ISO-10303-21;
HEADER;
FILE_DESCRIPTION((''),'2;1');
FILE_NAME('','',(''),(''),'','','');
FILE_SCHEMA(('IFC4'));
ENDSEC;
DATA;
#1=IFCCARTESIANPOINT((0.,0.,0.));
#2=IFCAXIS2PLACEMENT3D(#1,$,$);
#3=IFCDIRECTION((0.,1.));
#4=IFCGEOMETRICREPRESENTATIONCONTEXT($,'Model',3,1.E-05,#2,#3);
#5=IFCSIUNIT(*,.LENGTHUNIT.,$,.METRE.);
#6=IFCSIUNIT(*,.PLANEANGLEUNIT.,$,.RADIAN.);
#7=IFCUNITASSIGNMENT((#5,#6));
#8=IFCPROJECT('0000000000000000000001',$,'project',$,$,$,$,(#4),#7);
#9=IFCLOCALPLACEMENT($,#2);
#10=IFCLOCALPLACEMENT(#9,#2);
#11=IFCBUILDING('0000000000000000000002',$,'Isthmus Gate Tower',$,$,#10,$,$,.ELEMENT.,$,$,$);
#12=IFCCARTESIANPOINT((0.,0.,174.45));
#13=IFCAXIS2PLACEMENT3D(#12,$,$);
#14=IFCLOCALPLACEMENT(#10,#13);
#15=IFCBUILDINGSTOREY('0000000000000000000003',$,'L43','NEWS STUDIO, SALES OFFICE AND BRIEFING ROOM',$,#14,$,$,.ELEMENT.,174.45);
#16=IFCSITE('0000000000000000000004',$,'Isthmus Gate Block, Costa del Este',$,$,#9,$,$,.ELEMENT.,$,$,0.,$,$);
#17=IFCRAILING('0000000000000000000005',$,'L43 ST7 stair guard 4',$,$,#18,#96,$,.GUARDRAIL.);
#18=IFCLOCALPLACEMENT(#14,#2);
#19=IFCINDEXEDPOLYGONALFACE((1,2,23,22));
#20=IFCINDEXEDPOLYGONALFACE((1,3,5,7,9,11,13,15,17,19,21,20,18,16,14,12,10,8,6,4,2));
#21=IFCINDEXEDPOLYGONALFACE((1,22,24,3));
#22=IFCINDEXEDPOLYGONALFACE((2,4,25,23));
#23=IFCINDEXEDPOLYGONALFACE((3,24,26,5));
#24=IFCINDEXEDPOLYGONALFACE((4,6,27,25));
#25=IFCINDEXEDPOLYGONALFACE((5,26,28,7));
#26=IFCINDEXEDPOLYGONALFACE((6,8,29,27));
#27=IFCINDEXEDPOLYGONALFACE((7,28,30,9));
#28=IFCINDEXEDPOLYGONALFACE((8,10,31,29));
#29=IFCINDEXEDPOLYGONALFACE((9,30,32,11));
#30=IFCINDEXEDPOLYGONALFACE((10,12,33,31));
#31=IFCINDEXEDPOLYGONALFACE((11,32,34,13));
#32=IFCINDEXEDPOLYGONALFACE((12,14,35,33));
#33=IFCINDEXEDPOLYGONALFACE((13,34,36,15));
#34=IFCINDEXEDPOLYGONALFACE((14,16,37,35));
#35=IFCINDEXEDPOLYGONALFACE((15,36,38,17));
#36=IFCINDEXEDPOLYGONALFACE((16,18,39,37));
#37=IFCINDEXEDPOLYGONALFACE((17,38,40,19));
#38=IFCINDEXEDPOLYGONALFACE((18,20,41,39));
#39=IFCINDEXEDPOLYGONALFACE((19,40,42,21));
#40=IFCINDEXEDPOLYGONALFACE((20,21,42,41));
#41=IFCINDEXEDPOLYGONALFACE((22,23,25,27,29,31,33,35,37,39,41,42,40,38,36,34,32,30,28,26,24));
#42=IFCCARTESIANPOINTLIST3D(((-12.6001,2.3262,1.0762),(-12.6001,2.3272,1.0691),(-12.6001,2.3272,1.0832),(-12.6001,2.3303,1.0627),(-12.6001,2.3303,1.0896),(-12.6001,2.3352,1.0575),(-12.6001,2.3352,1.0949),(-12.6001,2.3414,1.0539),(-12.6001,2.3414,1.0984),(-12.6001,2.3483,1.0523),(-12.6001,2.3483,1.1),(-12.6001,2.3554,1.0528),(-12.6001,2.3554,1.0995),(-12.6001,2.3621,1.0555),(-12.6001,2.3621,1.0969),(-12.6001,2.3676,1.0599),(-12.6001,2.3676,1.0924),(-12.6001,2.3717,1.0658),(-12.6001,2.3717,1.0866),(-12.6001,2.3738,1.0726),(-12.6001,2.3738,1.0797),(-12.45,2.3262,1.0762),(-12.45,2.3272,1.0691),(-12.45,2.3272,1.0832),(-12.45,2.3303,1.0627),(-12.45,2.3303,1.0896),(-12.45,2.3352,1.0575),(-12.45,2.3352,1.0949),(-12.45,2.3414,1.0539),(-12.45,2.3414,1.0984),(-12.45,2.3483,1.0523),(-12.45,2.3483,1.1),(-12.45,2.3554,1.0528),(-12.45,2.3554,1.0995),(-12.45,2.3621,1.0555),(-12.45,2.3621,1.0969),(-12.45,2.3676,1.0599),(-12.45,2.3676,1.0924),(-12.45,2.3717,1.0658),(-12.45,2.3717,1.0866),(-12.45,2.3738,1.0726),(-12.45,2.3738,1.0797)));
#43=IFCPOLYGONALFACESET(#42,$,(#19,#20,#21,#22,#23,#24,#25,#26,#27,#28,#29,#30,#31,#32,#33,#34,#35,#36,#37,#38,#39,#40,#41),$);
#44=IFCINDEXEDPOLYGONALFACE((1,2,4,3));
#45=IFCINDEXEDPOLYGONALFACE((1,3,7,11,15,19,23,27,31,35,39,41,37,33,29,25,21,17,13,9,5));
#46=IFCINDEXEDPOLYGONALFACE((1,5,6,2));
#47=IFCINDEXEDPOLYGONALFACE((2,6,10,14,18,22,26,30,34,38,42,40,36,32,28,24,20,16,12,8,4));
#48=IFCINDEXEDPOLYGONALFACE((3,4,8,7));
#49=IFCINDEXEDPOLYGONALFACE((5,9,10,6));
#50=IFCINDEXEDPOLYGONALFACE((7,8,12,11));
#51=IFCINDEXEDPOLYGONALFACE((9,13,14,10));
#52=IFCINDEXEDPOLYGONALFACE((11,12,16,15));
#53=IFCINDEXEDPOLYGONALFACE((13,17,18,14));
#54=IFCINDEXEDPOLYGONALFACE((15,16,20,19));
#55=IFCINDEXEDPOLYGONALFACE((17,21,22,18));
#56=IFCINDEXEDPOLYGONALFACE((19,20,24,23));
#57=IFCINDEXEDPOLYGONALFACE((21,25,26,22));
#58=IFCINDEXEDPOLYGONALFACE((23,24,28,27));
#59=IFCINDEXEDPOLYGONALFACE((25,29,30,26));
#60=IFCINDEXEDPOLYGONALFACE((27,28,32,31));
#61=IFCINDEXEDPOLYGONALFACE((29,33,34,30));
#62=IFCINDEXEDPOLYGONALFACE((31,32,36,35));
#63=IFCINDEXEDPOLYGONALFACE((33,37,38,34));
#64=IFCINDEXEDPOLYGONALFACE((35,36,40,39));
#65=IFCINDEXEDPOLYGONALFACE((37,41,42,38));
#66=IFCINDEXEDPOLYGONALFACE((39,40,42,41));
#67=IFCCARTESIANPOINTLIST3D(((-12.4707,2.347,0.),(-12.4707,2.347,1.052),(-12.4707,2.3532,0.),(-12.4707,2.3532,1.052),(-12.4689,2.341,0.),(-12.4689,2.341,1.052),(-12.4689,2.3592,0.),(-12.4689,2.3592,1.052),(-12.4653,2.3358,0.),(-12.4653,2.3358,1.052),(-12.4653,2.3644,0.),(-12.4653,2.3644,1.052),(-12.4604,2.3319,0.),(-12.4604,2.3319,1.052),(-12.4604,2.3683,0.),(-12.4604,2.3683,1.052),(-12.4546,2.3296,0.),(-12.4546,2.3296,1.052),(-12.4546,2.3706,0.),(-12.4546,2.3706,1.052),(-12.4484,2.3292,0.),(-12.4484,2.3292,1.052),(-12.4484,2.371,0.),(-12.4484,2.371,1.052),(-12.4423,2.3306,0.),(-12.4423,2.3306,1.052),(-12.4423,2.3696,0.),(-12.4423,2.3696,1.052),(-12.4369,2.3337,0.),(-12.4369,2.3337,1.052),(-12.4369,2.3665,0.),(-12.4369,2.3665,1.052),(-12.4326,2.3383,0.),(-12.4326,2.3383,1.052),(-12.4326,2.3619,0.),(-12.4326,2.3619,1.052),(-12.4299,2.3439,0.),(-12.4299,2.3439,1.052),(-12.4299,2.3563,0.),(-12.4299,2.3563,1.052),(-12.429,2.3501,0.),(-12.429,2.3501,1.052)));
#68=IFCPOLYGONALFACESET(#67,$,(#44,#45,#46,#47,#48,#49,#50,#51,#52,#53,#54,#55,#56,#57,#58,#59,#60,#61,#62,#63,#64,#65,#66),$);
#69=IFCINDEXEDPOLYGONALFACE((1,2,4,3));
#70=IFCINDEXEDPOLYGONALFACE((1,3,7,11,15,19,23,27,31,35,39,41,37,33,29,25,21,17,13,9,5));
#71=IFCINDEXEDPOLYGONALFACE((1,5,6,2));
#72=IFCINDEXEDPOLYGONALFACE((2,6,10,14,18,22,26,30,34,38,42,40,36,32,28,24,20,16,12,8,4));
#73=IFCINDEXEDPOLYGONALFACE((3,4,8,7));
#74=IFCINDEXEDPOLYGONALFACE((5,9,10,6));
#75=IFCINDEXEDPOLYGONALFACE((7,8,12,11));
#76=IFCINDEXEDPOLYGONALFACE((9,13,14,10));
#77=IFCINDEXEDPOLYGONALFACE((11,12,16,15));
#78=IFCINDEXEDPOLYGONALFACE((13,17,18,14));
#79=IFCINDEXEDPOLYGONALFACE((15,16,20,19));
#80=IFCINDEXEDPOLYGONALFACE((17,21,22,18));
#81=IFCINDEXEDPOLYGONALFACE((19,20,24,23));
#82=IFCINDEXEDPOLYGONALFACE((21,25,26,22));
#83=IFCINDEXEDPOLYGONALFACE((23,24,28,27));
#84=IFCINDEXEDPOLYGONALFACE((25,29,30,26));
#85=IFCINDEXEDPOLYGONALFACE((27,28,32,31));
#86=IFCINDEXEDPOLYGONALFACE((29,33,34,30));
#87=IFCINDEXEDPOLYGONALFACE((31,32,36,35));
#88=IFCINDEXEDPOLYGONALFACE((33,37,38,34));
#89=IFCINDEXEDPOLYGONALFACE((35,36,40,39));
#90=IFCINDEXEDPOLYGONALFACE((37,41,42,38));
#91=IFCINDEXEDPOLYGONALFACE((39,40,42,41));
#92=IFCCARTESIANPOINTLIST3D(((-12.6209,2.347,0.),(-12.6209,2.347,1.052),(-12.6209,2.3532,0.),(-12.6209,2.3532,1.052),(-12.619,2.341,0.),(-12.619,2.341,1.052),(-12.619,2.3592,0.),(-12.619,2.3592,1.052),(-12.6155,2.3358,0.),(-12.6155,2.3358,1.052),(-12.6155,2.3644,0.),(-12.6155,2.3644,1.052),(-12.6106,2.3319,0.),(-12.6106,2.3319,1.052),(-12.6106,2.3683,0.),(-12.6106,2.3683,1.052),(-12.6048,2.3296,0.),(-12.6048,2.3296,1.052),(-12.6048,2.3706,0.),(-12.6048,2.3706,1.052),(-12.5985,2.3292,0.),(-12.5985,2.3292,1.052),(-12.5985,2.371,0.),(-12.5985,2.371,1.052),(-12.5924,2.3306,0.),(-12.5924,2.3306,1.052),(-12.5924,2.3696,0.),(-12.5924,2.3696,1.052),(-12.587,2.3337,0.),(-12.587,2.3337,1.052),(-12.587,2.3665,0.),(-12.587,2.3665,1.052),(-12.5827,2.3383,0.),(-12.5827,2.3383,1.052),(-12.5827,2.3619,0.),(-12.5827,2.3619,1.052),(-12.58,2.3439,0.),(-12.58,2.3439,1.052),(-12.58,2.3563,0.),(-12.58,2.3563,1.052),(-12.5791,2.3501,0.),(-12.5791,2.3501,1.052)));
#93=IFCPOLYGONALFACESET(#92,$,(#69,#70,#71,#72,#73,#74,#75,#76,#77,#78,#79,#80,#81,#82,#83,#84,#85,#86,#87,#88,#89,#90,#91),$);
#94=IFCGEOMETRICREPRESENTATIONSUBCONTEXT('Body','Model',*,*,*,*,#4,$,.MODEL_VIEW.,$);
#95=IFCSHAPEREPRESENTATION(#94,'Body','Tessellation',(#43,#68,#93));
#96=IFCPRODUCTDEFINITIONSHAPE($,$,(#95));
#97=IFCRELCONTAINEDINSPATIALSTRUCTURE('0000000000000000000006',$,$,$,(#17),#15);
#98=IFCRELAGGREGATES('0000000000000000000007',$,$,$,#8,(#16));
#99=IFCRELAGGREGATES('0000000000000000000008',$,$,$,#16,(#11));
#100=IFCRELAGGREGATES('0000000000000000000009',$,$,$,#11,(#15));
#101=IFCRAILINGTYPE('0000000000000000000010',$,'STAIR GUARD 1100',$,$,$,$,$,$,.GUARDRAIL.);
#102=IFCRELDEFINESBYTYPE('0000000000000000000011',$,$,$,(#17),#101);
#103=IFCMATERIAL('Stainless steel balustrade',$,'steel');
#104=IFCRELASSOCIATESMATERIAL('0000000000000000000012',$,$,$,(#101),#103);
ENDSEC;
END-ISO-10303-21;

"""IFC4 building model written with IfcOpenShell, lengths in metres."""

from ifc_helpers import new_model, si_unit, direction, frame, origin, origin_2d, place, context, subcontext, project, spatial, circle, extrude, material, type_object, element, save


model = new_model("IFC4")

# Units and contexts
model_context = context("Model", 3, precision=1e-05, world=origin(), true_north=direction((0.0, 1.0)))
body_context = subcontext(model_context, "Body", "Model", "MODEL_VIEW")
ifc_project = project(units=[si_unit("LENGTHUNIT", "METRE"), si_unit("PLANEANGLEUNIT", "RADIAN")], contexts=[model_context])

# Site, building, storey
site_placement = place(None, origin())
site = spatial("IfcSite", under=ifc_project, at=site_placement, Name="Isthmus Gate Block, Costa del Este", CompositionType="ELEMENT", RefElevation=0.0)
building_placement = place(site_placement, origin())
building = spatial("IfcBuilding", under=site, at=building_placement, Name="Isthmus Gate Tower", CompositionType="ELEMENT")
storey_placement = place(building_placement, frame((0.0, 0.0, 174.45)))
storey = spatial("IfcBuildingStorey", under=building, at=storey_placement, Name="L43", Description="NEWS STUDIO, SALES OFFICE AND BRIEFING ROOM", CompositionType="ELEMENT", Elevation=174.45)

# Railing
ifc_material_1 = material(Name="Stainless steel balustrade", Category="steel")
railing_type_1 = type_object("IfcRailingType", Name="STAIR GUARD 1100", PredefinedType="GUARDRAIL", material=ifc_material_1)
railing_1_placement = place(storey_placement, frame((-12.45, 2.3501, 0.0)))
element("IfcRailing", 1, at=railing_1_placement, inside=storey, type_object=railing_type_1, Name="L43 ST7 stair guard 4", PredefinedType="GUARDRAIL", context=body_context, shape_type="SweptSolid", body=[
    extrude(circle(Radius=0.0239, at=origin_2d()), frame((0.0, 0.0, 1.0762), z_axis=(-1.0, 0.0, 0.0), x_axis=(0.0, -1.0, 0.0)), (0.0, 0.0, 1.0), 0.1501),
    extrude(circle(Radius=0.021, at=origin_2d()), origin(), (0.0, 0.0, 1.0), 1.052),
    extrude(circle(Radius=0.021, at=origin_2d()), frame((-0.1501, 0.0, 0.0)), (0.0, 0.0, 1.0), 1.052),
])

save(model, "model.ifc")
